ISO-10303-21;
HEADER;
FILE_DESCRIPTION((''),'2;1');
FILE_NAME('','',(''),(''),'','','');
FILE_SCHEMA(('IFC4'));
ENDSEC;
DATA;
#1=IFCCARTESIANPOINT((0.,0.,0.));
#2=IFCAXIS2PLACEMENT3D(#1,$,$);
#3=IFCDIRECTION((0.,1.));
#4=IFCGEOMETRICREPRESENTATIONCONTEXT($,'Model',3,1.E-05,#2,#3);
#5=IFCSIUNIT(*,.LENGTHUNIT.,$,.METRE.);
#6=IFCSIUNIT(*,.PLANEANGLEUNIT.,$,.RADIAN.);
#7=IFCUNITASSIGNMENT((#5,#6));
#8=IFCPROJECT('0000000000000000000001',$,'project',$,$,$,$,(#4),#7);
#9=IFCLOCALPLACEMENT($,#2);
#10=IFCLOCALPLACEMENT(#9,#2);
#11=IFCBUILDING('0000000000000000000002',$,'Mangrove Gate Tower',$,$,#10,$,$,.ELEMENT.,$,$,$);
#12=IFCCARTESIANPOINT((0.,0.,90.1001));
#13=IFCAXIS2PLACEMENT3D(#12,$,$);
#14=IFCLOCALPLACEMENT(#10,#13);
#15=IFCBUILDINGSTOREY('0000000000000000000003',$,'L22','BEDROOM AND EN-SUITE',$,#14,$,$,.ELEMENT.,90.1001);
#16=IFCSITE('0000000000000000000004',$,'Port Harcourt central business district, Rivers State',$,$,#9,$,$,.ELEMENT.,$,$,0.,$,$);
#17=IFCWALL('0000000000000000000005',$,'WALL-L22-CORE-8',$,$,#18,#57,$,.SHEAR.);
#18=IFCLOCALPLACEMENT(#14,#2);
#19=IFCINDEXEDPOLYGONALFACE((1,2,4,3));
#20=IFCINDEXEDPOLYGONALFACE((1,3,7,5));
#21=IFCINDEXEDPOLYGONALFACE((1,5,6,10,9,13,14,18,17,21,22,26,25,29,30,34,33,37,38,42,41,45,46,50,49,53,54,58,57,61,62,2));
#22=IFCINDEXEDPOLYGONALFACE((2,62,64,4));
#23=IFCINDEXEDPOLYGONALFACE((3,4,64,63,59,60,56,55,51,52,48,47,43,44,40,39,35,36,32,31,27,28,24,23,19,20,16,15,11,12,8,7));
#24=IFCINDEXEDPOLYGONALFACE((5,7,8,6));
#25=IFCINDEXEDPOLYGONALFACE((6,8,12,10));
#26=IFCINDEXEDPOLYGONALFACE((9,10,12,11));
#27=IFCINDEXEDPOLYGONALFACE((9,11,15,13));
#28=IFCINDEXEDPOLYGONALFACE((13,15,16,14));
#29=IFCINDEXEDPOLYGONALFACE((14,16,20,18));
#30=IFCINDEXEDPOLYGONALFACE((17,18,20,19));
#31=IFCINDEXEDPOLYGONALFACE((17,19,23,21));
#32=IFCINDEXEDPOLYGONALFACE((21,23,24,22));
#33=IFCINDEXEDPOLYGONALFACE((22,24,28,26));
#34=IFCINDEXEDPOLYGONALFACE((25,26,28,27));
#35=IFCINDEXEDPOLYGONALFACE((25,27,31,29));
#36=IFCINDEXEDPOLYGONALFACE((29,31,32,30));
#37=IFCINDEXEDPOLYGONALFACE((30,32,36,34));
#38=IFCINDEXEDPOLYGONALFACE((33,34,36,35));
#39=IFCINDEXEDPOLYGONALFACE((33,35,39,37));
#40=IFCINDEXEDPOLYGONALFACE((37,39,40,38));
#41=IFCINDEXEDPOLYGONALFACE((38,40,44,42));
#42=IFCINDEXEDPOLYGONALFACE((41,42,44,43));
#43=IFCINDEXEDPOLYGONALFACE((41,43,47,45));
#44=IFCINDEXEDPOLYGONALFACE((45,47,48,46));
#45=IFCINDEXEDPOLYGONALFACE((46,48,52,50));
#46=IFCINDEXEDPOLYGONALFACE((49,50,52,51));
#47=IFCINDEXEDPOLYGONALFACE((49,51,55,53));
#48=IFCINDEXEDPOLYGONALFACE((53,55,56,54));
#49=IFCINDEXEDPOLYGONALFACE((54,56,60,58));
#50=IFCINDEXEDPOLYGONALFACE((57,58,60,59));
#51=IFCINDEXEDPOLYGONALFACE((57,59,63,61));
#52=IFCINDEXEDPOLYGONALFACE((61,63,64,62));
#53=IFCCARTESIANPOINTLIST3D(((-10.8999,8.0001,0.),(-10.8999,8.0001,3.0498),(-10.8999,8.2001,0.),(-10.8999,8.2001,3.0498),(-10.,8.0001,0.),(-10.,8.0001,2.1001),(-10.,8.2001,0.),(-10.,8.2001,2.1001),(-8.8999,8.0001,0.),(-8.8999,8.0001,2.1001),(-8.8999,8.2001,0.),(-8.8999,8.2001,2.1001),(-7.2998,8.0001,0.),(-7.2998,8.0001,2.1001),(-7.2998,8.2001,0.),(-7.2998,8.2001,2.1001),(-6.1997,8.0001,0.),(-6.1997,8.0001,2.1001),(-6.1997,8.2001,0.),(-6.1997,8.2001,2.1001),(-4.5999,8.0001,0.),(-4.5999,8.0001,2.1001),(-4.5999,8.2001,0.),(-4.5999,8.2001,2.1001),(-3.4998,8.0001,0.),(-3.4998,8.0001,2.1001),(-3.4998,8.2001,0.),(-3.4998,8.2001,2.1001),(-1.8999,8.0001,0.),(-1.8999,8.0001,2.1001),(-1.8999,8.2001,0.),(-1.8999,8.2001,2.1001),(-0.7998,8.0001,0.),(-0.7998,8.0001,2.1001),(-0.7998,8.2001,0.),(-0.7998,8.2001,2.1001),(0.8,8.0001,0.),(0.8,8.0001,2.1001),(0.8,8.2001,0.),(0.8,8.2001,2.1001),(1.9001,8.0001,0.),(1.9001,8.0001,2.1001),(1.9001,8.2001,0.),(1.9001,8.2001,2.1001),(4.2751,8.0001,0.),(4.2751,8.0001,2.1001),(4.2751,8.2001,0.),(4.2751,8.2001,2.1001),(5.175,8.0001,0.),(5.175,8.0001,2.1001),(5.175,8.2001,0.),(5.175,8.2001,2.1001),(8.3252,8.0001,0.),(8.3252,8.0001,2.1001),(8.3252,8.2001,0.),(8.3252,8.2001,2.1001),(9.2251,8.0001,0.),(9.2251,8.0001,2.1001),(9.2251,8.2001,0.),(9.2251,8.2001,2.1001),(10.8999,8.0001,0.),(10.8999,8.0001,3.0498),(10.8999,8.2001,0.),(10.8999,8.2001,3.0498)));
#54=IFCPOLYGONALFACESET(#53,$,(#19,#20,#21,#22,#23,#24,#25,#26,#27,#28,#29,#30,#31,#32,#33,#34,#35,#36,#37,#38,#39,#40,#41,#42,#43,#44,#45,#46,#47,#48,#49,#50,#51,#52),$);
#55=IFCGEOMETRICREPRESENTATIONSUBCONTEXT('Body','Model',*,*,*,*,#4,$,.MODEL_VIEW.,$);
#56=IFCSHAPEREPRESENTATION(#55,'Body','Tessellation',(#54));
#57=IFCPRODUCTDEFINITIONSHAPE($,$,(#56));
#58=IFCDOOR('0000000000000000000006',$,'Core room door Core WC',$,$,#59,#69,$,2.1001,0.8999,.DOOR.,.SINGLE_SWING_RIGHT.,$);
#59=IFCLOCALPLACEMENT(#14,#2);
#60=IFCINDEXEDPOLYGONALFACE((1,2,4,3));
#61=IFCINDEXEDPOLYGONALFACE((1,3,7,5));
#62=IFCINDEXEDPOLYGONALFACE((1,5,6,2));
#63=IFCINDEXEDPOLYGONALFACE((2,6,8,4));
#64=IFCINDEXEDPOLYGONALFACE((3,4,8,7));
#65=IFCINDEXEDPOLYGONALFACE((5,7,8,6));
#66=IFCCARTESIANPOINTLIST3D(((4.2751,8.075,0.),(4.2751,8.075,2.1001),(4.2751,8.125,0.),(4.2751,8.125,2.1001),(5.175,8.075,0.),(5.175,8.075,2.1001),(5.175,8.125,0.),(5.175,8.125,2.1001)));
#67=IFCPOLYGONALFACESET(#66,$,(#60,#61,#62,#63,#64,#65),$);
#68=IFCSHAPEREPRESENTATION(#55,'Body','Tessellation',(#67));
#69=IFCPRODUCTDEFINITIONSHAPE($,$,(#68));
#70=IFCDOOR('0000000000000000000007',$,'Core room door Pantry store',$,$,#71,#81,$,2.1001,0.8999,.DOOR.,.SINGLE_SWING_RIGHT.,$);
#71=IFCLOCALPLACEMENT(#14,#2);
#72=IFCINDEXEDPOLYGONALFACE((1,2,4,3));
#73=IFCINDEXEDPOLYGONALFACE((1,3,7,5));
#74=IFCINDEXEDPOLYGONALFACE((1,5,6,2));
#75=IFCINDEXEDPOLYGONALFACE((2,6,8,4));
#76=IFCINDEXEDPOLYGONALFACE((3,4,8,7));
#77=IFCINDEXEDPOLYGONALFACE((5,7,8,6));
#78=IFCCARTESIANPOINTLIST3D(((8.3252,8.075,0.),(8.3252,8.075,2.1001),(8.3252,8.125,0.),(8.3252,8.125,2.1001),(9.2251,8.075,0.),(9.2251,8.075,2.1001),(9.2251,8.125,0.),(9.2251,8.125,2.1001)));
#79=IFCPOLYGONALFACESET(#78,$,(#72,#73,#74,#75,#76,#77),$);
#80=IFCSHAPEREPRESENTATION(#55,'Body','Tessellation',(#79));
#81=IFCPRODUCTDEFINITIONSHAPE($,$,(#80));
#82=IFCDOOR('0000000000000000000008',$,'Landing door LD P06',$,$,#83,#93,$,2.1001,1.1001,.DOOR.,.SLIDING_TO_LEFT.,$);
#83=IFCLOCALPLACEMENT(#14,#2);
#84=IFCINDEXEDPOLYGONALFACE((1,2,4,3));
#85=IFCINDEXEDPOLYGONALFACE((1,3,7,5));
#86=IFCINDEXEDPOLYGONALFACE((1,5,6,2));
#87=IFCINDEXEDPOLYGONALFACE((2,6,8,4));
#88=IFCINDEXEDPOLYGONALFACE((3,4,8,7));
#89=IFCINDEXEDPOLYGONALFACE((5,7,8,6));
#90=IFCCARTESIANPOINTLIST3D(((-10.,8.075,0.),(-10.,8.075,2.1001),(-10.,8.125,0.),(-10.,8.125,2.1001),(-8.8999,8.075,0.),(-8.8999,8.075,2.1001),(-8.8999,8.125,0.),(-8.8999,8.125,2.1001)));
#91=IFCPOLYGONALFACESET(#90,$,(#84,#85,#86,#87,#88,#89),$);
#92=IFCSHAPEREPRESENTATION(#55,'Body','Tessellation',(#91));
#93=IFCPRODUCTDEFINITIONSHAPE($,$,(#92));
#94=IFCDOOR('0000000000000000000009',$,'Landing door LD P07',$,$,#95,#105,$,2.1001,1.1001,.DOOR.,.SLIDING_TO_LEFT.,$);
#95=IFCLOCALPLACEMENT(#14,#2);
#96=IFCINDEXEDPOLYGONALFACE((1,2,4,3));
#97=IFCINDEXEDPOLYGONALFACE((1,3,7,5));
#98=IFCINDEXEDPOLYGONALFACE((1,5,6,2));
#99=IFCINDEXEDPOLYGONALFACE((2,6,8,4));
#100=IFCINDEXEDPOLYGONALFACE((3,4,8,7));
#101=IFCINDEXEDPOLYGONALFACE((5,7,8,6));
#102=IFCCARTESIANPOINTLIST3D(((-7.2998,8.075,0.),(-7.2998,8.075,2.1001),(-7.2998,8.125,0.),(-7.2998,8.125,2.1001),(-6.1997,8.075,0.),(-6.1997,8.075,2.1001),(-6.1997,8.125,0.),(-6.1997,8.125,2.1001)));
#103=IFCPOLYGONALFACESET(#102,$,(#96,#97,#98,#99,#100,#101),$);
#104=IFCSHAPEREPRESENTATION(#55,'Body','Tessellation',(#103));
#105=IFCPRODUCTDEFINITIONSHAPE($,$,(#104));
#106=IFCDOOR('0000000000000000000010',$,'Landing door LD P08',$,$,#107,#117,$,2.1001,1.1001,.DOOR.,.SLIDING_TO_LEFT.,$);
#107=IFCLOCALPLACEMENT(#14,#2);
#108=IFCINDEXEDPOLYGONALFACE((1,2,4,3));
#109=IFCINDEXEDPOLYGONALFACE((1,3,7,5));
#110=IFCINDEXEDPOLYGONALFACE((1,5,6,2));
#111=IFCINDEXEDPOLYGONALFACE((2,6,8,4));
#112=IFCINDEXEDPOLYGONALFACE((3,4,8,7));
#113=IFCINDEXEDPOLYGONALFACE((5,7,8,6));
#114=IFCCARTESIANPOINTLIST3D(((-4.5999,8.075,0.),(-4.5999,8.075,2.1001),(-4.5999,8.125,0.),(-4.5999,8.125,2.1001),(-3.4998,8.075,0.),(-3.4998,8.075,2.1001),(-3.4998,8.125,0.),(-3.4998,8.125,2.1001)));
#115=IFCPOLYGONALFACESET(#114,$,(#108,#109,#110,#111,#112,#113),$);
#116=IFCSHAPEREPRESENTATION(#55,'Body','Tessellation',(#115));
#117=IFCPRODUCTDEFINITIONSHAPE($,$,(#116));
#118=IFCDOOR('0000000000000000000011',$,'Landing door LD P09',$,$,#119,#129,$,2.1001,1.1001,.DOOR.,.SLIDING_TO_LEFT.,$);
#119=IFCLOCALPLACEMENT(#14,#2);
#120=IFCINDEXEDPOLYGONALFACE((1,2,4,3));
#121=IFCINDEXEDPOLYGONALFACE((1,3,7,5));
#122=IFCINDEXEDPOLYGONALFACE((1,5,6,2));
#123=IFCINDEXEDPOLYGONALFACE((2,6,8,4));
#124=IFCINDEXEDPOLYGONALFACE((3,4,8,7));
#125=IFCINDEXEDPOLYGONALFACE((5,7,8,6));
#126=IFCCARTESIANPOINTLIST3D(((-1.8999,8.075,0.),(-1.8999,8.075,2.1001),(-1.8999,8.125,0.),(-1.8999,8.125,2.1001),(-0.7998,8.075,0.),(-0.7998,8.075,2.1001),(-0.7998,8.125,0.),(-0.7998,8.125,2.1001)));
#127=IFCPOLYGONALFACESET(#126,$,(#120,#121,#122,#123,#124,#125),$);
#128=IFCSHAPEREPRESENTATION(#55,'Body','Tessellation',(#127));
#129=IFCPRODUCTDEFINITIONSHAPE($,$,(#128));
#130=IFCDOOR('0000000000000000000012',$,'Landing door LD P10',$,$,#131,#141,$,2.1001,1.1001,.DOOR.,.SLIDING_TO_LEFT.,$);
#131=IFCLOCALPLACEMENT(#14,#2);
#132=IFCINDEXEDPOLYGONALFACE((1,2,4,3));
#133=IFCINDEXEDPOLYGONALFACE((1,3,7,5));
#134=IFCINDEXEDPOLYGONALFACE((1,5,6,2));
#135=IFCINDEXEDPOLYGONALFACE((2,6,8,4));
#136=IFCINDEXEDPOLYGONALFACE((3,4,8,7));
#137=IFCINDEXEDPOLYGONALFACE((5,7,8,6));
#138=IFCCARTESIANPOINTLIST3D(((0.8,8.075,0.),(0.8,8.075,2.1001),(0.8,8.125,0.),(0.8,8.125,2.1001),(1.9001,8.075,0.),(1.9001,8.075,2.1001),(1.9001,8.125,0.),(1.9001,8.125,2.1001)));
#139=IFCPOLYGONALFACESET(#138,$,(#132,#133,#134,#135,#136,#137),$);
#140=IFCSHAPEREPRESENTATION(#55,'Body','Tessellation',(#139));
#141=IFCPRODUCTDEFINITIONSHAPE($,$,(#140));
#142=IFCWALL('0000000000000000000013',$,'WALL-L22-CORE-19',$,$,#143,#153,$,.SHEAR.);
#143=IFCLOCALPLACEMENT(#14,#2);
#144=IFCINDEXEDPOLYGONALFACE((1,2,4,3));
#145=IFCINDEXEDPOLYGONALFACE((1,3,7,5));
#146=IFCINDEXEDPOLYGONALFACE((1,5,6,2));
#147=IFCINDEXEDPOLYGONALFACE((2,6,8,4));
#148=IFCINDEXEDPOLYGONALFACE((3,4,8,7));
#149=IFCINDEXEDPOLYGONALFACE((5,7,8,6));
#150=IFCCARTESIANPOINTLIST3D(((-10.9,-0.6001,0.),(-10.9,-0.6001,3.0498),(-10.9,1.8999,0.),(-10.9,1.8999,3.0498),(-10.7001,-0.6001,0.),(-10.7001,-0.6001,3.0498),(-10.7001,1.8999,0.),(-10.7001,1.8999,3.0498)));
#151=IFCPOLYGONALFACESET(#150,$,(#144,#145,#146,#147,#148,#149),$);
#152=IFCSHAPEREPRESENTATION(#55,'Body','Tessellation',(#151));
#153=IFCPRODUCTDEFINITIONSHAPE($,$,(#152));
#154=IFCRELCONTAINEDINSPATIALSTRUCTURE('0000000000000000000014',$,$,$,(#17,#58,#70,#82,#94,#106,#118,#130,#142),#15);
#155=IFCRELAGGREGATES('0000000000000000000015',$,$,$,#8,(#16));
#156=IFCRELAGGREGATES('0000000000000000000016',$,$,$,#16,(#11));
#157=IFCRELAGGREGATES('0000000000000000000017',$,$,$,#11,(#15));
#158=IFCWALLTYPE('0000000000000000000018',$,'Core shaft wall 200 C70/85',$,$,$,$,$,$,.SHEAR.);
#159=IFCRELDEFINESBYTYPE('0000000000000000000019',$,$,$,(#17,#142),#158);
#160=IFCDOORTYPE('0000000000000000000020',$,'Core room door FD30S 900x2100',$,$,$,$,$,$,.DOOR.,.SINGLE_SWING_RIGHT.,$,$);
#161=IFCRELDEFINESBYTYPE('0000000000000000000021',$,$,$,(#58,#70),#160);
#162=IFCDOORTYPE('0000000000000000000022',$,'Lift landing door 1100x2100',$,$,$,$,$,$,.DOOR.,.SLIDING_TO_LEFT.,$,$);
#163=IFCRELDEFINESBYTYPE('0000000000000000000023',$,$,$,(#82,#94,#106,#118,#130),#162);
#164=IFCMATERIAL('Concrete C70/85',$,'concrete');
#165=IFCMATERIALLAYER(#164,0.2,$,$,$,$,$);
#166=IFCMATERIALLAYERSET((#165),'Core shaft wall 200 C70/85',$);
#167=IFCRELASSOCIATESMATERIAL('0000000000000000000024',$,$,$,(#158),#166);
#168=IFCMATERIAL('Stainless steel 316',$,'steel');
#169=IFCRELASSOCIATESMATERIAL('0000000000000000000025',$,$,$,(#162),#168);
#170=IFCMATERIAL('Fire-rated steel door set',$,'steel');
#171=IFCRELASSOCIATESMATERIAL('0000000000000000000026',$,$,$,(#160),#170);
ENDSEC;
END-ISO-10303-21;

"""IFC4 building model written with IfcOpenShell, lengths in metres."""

from ifc_helpers import new_model, si_unit, direction, frame, frame_2d, origin, place, context, subcontext, project, spatial, rectangle, extrude, material, layer, layer_set, type_object, element, fill, save


model = new_model("IFC4")

# Units and contexts
model_context = context("Model", 3, precision=1e-05, world=origin(), true_north=direction((0.0, 1.0)))
body_context = subcontext(model_context, "Body", "Model", "MODEL_VIEW")
ifc_project = project(units=[si_unit("LENGTHUNIT", "METRE"), si_unit("PLANEANGLEUNIT", "RADIAN")], contexts=[model_context])

# Site, building, storey
site_placement = place(None, origin())
site = spatial("IfcSite", under=ifc_project, at=site_placement, Name="Port Harcourt central business district, Rivers State", CompositionType="ELEMENT", RefElevation=0.0)
building_placement = place(site_placement, origin())
building = spatial("IfcBuilding", under=site, at=building_placement, Name="Mangrove Gate Tower", CompositionType="ELEMENT")
storey_placement = place(building_placement, frame((0.0, 0.0, 90.1001)))
storey = spatial("IfcBuildingStorey", under=building, at=storey_placement, Name="L22", Description="BEDROOM AND EN-SUITE", CompositionType="ELEMENT", Elevation=90.1001)

# Wall, openings, doors
ifc_material_1 = material(Name="Concrete C70/85", Category="concrete")
ifc_layer_1 = layer(ifc_material_1, 0.2)
ifc_layer_set_1 = layer_set([ifc_layer_1], Name="Core shaft wall 200 C70/85")
wall_type_1 = type_object("IfcWallType", Name="Core shaft wall 200 C70/85", PredefinedType="SHEAR", material=ifc_layer_set_1)
ifc_material_2 = material(Name="Stainless steel 316", Category="steel")
door_type_1 = type_object("IfcDoorType", Name="Lift landing door 1100x2100", OperationType="SLIDING_TO_LEFT", PredefinedType="DOOR", material=ifc_material_2)
wall_1_placement = place(storey_placement, frame((-10.8999, 8.1001, 0.0), z_axis=(0.0, 0.0, 1.0), x_axis=(1.0, 0.0, 0.0)))
wall_1 = element("IfcWall", 1, at=wall_1_placement, inside=storey, type_object=wall_type_1, Name="WALL-L22-CORE-8", PredefinedType="SHEAR", context=body_context, shape_type="SweptSolid", body=[
    extrude(rectangle(XDim=21.7998, YDim=0.2, at=frame_2d((10.8999, 0.0))), origin(), (0.0, 0.0, 1.0), 3.0498),
])
opening_1_placement = place(wall_1_placement, frame((0.8999, 0.0, 0.0)))
opening_1 = element("IfcOpeningElement", 2, at=opening_1_placement, cuts=wall_1, PredefinedType="OPENING", context=body_context, shape_type="SweptSolid", body=[
    extrude(rectangle(XDim=1.1001, YDim=2.1001, at=frame_2d((0.55, 1.05))), frame((0.0, 0.1099, 0.0), z_axis=(0.0, -1.0, 0.0), x_axis=(1.0, 0.0, 0.0)), (0.0, 0.0, 1.0), 0.22),
])
opening_2_placement = place(wall_1_placement, frame((3.6001, 0.0, 0.0)))
opening_2 = element("IfcOpeningElement", 3, at=opening_2_placement, cuts=wall_1, PredefinedType="OPENING", context=body_context, shape_type="SweptSolid", body=[
    extrude(rectangle(XDim=1.1001, YDim=2.1001, at=frame_2d((0.55, 1.05))), frame((0.0, 0.1099, 0.0), z_axis=(0.0, -1.0, 0.0), x_axis=(1.0, 0.0, 0.0)), (0.0, 0.0, 1.0), 0.22),
])
opening_3_placement = place(wall_1_placement, frame((6.3, 0.0, 0.0)))
opening_3 = element("IfcOpeningElement", 4, at=opening_3_placement, cuts=wall_1, PredefinedType="OPENING", context=body_context, shape_type="SweptSolid", body=[
    extrude(rectangle(XDim=1.1001, YDim=2.1001, at=frame_2d((0.55, 1.05))), frame((0.0, 0.1099, 0.0), z_axis=(0.0, -1.0, 0.0), x_axis=(1.0, 0.0, 0.0)), (0.0, 0.0, 1.0), 0.22),
])
opening_4_placement = place(wall_1_placement, frame((9.0, 0.0, 0.0)))
opening_4 = element("IfcOpeningElement", 5, at=opening_4_placement, cuts=wall_1, PredefinedType="OPENING", context=body_context, shape_type="SweptSolid", body=[
    extrude(rectangle(XDim=1.1001, YDim=2.1001, at=frame_2d((0.55, 1.05))), frame((0.0, 0.1099, 0.0), z_axis=(0.0, -1.0, 0.0), x_axis=(1.0, 0.0, 0.0)), (0.0, 0.0, 1.0), 0.22),
])
opening_5_placement = place(wall_1_placement, frame((11.7, 0.0, 0.0)))
opening_5 = element("IfcOpeningElement", 6, at=opening_5_placement, cuts=wall_1, PredefinedType="OPENING", context=body_context, shape_type="SweptSolid", body=[
    extrude(rectangle(XDim=1.1001, YDim=2.1001, at=frame_2d((0.55, 1.05))), frame((0.0, 0.1099, 0.0), z_axis=(0.0, -1.0, 0.0), x_axis=(1.0, 0.0, 0.0)), (0.0, 0.0, 1.0), 0.22),
])
opening_6_placement = place(wall_1_placement, frame((15.175, 0.0, 0.0)))
opening_6 = element("IfcOpeningElement", 7, at=opening_6_placement, cuts=wall_1, PredefinedType="OPENING", context=body_context, shape_type="SweptSolid", body=[
    extrude(rectangle(XDim=0.8999, YDim=2.1001, at=frame_2d((0.45, 1.05))), frame((0.0, 0.1099, 0.0), z_axis=(0.0, -1.0, 0.0), x_axis=(1.0, 0.0, 0.0)), (0.0, 0.0, 1.0), 0.22),
])
opening_7_placement = place(wall_1_placement, frame((19.2251, 0.0, 0.0)))
opening_7 = element("IfcOpeningElement", 8, at=opening_7_placement, cuts=wall_1, PredefinedType="OPENING", context=body_context, shape_type="SweptSolid", body=[
    extrude(rectangle(XDim=0.8999, YDim=2.1001, at=frame_2d((0.45, 1.05))), frame((0.0, 0.1099, 0.0), z_axis=(0.0, -1.0, 0.0), x_axis=(1.0, 0.0, 0.0)), (0.0, 0.0, 1.0), 0.22),
])
ifc_material_3 = material(Name="Fire-rated steel door set", Category="steel")
door_type_2 = type_object("IfcDoorType", Name="Core room door FD30S 900x2100", OperationType="SINGLE_SWING_RIGHT", PredefinedType="DOOR", material=ifc_material_3)
door_1_placement = place(opening_6_placement, origin())
door_1 = element("IfcDoor", 9, at=door_1_placement, inside=storey, type_object=door_type_2, Name="Core room door Core WC", OperationType="SINGLE_SWING_RIGHT", OverallHeight=2.1001, OverallWidth=0.8999, PredefinedType="DOOR", context=body_context, shape_type="SweptSolid", body=[
    extrude(rectangle(XDim=0.8999, YDim=2.1001, at=frame_2d((0.45, 1.05))), frame((0.0, 0.0249, 0.0), z_axis=(0.0, -1.0, 0.0), x_axis=(1.0, 0.0, 0.0)), (0.0, 0.0, 1.0), 0.05),
])
fill(opening_6, door_1)
door_2_placement = place(opening_7_placement, origin())
door_2 = element("IfcDoor", 10, at=door_2_placement, inside=storey, type_object=door_type_2, Name="Core room door Pantry store", OperationType="SINGLE_SWING_RIGHT", OverallHeight=2.1001, OverallWidth=0.8999, PredefinedType="DOOR", context=body_context, shape_type="SweptSolid", body=[
    extrude(rectangle(XDim=0.8999, YDim=2.1001, at=frame_2d((0.45, 1.05))), frame((0.0, 0.0249, 0.0), z_axis=(0.0, -1.0, 0.0), x_axis=(1.0, 0.0, 0.0)), (0.0, 0.0, 1.0), 0.05),
])
fill(opening_7, door_2)
door_3_placement = place(opening_1_placement, origin())
door_3 = element("IfcDoor", 11, at=door_3_placement, inside=storey, type_object=door_type_1, Name="Landing door LD P06", OperationType="SLIDING_TO_LEFT", OverallHeight=2.1001, OverallWidth=1.1001, PredefinedType="DOOR", context=body_context, shape_type="SweptSolid", body=[
    extrude(rectangle(XDim=1.1001, YDim=2.1001, at=frame_2d((0.55, 1.05))), frame((0.0, 0.0249, 0.0), z_axis=(0.0, -1.0, 0.0), x_axis=(1.0, 0.0, 0.0)), (0.0, 0.0, 1.0), 0.05),
])
fill(opening_1, door_3)
door_4_placement = place(opening_2_placement, origin())
door_4 = element("IfcDoor", 12, at=door_4_placement, inside=storey, type_object=door_type_1, Name="Landing door LD P07", OperationType="SLIDING_TO_LEFT", OverallHeight=2.1001, OverallWidth=1.1001, PredefinedType="DOOR", context=body_context, shape_type="SweptSolid", body=[
    extrude(rectangle(XDim=1.1001, YDim=2.1001, at=frame_2d((0.55, 1.05))), frame((0.0, 0.0249, 0.0), z_axis=(0.0, -1.0, 0.0), x_axis=(1.0, 0.0, 0.0)), (0.0, 0.0, 1.0), 0.05),
])
fill(opening_2, door_4)
door_5_placement = place(opening_3_placement, origin())
door_5 = element("IfcDoor", 13, at=door_5_placement, inside=storey, type_object=door_type_1, Name="Landing door LD P08", OperationType="SLIDING_TO_LEFT", OverallHeight=2.1001, OverallWidth=1.1001, PredefinedType="DOOR", context=body_context, shape_type="SweptSolid", body=[
    extrude(rectangle(XDim=1.1001, YDim=2.1001, at=frame_2d((0.55, 1.05))), frame((0.0, 0.0249, 0.0), z_axis=(0.0, -1.0, 0.0), x_axis=(1.0, 0.0, 0.0)), (0.0, 0.0, 1.0), 0.05),
])
fill(opening_3, door_5)
door_6_placement = place(opening_4_placement, origin())
door_6 = element("IfcDoor", 14, at=door_6_placement, inside=storey, type_object=door_type_1, Name="Landing door LD P09", OperationType="SLIDING_TO_LEFT", OverallHeight=2.1001, OverallWidth=1.1001, PredefinedType="DOOR", context=body_context, shape_type="SweptSolid", body=[
    extrude(rectangle(XDim=1.1001, YDim=2.1001, at=frame_2d((0.55, 1.05))), frame((0.0, 0.0249, 0.0), z_axis=(0.0, -1.0, 0.0), x_axis=(1.0, 0.0, 0.0)), (0.0, 0.0, 1.0), 0.05),
])
fill(opening_4, door_6)
door_7_placement = place(opening_5_placement, origin())
door_7 = element("IfcDoor", 15, at=door_7_placement, inside=storey, type_object=door_type_1, Name="Landing door LD P10", OperationType="SLIDING_TO_LEFT", OverallHeight=2.1001, OverallWidth=1.1001, PredefinedType="DOOR", context=body_context, shape_type="SweptSolid", body=[
    extrude(rectangle(XDim=1.1001, YDim=2.1001, at=frame_2d((0.55, 1.05))), frame((0.0, 0.0249, 0.0), z_axis=(0.0, -1.0, 0.0), x_axis=(1.0, 0.0, 0.0)), (0.0, 0.0, 1.0), 0.05),
])
fill(opening_5, door_7)

# Wall
wall_2_placement = place(storey_placement, frame((-10.8, -0.6001, 0.0), z_axis=(0.0, 0.0, 1.0), x_axis=(0.0, 1.0, 0.0)))
element("IfcWall", 16, at=wall_2_placement, inside=storey, type_object=wall_type_1, Name="WALL-L22-CORE-19", PredefinedType="SHEAR", context=body_context, shape_type="SweptSolid", body=[
    extrude(rectangle(XDim=2.5, YDim=0.2, at=frame_2d((1.25, 0.0))), origin(), (0.0, 0.0, 1.0), 3.0498),
])

save(model, "model.ifc")
